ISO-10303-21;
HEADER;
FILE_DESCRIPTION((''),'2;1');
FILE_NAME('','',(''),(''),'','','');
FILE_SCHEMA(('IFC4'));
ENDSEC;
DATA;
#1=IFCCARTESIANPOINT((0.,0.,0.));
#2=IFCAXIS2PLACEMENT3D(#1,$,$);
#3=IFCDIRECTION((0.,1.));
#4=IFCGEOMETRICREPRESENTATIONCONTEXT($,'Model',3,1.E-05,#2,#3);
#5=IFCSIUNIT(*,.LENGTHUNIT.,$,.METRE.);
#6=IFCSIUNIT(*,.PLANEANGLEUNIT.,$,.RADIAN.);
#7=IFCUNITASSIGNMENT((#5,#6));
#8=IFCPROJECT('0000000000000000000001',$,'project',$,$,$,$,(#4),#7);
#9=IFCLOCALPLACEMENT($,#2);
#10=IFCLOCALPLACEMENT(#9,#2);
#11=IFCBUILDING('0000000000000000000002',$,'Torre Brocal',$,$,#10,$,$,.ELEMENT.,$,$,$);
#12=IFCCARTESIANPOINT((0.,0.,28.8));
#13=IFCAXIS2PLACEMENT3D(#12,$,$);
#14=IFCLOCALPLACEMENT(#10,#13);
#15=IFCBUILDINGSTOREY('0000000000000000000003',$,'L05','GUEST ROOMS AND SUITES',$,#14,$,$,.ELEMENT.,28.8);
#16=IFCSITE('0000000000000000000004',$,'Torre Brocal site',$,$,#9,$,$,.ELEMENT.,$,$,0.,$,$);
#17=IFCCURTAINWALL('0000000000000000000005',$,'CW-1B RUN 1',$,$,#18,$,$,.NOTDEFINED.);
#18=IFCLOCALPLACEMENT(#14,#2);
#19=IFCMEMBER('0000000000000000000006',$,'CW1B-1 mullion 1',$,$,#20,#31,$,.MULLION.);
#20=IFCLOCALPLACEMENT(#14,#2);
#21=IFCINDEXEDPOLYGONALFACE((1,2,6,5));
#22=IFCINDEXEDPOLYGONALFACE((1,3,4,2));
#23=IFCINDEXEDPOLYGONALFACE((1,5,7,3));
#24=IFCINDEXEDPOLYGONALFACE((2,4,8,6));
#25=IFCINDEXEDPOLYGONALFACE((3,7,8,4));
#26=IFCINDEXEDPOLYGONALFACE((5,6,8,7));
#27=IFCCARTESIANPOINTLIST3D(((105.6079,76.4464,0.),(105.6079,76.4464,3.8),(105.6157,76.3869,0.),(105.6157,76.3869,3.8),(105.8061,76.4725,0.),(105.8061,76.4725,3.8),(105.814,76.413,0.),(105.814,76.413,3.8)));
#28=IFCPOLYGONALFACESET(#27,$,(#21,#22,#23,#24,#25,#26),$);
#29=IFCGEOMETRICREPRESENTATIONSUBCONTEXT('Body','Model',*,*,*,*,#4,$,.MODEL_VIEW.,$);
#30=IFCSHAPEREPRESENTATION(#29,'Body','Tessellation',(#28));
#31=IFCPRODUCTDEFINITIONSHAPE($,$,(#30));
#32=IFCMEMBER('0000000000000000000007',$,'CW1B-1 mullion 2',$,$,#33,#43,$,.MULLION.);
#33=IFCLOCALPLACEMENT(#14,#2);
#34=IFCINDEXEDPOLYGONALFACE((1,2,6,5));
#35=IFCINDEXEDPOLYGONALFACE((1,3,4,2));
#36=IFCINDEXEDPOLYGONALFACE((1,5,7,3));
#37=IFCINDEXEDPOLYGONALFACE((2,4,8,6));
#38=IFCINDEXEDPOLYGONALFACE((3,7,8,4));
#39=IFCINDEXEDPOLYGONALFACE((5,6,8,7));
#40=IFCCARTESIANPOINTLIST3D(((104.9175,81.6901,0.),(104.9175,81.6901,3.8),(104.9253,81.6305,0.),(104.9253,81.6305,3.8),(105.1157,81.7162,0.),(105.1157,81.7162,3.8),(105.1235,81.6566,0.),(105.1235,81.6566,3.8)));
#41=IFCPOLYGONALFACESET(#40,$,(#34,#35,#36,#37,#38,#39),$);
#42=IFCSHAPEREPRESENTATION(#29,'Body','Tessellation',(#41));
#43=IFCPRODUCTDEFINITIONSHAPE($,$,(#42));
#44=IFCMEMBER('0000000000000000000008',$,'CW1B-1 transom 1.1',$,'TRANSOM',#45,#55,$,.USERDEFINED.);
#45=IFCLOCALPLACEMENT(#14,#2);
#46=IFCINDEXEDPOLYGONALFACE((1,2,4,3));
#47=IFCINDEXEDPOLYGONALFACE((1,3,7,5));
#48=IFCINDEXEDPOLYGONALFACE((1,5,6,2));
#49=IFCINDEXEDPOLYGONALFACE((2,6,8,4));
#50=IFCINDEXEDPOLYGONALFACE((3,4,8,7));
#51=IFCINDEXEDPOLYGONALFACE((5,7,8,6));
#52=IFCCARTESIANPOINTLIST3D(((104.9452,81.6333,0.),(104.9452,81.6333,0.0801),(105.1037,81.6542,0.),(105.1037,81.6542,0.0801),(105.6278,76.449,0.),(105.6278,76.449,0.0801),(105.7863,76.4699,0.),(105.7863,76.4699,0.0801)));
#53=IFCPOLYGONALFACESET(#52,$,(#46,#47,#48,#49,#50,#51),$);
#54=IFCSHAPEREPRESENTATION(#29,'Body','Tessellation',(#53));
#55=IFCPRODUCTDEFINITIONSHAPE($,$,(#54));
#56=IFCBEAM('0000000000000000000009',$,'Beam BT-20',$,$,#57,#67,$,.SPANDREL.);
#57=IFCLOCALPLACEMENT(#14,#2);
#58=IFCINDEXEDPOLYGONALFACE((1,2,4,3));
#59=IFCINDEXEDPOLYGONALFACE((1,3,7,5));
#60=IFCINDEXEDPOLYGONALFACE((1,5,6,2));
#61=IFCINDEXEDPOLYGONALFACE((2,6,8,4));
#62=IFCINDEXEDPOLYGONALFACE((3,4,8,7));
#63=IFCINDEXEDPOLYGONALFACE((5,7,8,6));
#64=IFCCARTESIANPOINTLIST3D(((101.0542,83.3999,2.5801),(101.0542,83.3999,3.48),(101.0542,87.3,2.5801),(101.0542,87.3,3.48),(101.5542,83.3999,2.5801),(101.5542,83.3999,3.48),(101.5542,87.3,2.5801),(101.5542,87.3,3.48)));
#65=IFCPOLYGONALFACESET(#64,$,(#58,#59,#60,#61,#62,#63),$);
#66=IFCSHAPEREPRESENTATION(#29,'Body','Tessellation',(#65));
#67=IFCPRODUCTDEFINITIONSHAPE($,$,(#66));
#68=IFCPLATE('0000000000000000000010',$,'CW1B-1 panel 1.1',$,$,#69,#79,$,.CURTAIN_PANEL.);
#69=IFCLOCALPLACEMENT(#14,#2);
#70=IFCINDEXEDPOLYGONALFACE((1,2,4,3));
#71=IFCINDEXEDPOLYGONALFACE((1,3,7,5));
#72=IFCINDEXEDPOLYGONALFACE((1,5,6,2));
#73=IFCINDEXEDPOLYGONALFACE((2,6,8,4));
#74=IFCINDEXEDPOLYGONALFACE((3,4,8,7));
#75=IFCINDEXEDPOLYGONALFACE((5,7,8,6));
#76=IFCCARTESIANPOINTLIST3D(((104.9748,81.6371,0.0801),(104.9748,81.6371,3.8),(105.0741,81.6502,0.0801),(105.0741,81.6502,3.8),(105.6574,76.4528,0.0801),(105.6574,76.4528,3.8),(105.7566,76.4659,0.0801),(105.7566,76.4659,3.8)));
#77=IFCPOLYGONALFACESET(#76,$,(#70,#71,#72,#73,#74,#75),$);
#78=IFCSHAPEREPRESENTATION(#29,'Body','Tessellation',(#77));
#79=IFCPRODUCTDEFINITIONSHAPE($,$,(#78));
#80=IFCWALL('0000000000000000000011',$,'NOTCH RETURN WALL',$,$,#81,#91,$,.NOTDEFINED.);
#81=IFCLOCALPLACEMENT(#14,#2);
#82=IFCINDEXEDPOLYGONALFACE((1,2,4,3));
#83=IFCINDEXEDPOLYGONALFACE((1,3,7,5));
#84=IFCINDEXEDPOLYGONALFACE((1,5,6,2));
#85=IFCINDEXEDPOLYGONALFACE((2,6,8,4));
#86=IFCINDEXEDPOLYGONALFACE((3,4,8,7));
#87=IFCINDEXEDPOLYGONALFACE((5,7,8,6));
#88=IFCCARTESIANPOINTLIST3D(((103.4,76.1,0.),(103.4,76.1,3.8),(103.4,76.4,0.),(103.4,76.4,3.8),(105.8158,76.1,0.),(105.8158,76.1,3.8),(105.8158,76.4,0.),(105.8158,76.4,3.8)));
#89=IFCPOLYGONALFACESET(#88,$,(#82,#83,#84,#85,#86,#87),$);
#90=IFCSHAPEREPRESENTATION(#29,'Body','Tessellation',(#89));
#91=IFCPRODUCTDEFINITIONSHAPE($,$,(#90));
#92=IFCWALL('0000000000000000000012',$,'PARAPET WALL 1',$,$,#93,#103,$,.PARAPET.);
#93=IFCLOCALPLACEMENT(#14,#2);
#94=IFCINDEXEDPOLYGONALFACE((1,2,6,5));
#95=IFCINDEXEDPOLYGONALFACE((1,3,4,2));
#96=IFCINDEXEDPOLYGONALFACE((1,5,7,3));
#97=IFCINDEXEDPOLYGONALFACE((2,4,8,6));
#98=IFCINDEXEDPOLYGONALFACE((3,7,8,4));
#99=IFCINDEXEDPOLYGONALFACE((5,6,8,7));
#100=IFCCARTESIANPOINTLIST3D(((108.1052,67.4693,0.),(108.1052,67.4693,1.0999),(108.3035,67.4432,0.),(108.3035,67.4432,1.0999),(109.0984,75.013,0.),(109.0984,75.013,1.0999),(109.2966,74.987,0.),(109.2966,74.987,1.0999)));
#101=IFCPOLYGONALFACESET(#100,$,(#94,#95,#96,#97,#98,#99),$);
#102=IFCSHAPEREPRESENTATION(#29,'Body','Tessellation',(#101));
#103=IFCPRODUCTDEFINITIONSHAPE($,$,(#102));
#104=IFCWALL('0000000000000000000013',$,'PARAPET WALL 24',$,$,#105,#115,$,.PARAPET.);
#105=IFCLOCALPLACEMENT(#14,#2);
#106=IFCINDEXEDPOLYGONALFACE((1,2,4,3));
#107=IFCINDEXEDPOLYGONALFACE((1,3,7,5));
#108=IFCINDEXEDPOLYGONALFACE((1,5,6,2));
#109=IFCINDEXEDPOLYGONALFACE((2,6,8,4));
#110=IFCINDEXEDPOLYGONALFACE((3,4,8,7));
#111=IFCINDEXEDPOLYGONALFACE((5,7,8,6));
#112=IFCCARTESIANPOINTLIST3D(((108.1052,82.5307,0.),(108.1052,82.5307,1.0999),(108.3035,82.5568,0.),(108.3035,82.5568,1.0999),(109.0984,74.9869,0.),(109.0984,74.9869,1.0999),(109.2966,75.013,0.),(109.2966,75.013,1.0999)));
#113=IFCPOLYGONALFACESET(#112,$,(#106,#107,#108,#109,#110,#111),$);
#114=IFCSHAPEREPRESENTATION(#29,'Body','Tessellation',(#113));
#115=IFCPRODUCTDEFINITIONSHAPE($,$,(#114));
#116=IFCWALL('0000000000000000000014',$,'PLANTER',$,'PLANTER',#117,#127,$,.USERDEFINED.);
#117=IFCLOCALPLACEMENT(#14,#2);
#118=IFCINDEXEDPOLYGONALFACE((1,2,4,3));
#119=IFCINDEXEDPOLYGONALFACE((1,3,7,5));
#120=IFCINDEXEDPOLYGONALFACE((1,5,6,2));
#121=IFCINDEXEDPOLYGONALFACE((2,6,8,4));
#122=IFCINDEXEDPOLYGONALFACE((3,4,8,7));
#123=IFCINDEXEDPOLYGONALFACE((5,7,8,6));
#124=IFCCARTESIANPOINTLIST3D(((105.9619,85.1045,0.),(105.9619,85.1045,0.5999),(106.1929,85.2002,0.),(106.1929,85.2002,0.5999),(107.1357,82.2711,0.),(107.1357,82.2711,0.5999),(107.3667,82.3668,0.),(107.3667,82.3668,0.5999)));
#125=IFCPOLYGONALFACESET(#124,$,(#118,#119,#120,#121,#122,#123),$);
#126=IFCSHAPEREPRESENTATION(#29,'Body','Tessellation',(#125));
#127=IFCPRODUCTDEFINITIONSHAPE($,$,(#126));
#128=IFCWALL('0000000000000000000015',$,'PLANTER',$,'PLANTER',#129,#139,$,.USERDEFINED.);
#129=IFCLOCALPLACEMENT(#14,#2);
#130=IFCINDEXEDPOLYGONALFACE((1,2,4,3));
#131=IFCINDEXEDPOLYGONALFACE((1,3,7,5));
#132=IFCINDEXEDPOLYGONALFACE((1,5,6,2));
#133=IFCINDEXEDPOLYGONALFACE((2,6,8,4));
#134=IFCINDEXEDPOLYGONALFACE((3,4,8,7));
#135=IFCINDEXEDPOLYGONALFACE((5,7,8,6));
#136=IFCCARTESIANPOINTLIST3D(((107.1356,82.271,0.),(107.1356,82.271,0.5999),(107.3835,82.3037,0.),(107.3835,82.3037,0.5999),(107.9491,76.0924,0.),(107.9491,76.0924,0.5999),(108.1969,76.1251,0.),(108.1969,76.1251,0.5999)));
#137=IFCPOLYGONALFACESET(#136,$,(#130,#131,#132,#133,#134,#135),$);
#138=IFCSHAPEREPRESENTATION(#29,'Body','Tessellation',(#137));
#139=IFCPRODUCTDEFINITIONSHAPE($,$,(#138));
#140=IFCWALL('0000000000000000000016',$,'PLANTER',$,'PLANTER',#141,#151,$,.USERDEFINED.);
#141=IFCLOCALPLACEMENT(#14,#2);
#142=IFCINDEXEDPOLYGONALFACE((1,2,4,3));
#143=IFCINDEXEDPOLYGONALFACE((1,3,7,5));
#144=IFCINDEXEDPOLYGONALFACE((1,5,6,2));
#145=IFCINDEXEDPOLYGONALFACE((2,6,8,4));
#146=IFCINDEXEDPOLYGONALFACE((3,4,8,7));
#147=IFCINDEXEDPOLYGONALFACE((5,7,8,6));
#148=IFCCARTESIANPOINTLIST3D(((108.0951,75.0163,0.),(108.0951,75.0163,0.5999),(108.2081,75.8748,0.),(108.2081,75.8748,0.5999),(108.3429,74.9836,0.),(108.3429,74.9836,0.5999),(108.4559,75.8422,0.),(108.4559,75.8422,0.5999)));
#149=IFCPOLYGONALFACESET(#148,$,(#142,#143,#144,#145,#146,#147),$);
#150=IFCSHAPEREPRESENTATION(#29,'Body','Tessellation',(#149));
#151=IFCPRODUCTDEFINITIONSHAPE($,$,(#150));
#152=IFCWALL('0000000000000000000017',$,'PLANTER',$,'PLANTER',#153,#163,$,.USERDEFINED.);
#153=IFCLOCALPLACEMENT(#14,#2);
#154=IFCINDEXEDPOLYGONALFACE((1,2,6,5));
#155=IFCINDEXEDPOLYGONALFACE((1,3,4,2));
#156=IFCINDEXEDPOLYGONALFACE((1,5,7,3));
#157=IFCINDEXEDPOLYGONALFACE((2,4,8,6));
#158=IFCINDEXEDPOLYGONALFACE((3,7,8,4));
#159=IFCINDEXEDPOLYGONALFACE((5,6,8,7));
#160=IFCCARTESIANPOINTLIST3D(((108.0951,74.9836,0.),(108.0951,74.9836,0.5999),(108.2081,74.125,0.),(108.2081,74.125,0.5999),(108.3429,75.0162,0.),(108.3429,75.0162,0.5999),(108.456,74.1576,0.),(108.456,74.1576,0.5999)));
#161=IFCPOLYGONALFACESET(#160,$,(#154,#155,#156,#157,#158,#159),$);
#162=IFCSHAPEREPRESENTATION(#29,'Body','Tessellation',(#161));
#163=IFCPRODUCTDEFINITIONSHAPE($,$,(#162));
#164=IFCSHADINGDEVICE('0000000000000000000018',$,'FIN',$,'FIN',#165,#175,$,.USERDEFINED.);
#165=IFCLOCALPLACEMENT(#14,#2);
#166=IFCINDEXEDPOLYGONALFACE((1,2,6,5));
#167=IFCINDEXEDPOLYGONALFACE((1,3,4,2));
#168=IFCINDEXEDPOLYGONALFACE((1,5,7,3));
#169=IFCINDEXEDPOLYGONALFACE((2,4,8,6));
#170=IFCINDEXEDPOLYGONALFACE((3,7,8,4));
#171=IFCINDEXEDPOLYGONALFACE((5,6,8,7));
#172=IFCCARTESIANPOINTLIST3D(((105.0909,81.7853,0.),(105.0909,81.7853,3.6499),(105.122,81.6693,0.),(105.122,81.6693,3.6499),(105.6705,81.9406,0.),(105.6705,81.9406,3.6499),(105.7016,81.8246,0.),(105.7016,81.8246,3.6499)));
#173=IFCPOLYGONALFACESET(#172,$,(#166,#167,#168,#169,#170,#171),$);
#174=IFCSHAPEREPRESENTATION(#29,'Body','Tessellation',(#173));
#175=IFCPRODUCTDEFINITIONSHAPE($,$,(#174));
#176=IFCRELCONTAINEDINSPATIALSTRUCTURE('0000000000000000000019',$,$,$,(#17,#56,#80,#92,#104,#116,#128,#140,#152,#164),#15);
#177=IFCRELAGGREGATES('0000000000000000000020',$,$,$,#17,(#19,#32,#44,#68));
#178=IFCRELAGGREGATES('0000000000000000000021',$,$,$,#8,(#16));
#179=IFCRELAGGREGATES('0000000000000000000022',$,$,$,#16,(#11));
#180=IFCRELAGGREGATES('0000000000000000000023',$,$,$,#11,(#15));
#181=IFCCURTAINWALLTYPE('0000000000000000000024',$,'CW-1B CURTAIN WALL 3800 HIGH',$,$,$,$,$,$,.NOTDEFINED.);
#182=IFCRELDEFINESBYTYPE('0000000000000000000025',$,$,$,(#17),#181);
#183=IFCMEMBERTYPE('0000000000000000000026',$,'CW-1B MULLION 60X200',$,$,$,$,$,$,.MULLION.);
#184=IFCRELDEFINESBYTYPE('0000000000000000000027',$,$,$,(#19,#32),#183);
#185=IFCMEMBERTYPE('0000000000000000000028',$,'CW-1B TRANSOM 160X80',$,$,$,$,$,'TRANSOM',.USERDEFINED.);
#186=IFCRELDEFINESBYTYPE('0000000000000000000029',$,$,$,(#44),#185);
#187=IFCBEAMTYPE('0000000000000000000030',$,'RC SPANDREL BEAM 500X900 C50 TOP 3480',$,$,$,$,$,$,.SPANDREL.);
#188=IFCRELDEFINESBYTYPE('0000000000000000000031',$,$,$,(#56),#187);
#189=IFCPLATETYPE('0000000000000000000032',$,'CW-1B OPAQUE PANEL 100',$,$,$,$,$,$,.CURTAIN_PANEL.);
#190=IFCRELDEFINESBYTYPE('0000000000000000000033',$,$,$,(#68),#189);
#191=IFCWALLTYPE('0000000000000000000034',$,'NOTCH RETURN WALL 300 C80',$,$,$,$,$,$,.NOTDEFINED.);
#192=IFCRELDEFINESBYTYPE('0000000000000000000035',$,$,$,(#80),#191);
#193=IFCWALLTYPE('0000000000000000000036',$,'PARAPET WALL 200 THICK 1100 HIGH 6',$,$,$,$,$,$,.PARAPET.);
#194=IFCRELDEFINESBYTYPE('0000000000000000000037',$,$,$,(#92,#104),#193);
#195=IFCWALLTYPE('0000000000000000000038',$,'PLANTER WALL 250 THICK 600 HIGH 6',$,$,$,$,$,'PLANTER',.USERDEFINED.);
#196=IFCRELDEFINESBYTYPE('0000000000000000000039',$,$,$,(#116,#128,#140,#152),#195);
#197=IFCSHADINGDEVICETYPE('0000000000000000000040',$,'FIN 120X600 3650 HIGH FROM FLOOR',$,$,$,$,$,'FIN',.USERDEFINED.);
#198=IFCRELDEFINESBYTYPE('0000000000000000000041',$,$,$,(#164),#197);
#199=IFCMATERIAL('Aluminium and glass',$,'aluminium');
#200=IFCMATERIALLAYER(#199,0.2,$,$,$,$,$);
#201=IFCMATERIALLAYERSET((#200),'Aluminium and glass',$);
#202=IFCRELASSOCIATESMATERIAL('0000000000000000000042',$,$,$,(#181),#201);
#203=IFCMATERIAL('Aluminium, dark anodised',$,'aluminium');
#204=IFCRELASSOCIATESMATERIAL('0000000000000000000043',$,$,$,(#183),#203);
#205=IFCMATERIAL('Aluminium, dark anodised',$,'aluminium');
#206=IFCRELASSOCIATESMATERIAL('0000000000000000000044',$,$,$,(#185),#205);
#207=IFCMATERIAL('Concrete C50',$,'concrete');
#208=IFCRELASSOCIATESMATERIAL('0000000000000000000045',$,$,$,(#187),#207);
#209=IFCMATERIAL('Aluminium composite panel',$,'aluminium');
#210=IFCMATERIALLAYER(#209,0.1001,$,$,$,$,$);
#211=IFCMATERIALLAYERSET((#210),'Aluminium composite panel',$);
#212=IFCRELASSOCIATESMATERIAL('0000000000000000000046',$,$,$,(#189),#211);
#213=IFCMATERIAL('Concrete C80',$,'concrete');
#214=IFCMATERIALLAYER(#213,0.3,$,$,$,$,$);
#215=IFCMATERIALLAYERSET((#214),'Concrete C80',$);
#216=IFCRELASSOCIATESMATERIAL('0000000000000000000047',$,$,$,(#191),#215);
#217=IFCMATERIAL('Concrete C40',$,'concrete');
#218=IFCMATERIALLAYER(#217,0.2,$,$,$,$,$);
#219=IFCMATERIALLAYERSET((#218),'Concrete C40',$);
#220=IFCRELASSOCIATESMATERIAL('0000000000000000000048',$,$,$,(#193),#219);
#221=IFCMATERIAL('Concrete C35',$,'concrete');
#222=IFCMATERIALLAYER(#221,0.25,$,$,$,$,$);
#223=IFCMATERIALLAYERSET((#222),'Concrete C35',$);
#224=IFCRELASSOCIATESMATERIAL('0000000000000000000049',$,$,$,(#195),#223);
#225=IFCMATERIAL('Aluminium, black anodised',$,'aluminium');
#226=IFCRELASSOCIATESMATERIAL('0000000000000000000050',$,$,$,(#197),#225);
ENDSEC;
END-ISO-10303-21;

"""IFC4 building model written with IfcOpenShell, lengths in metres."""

from ifc_helpers import new_model, si_unit, direction, frame, frame_2d, origin, origin_2d, place, context, subcontext, project, spatial, rectangle, extrude, material, layer, layer_set, material_profile, profile_set, type_object, element, aggregate, save


model = new_model("IFC4")

# Units and contexts
model_context = context("Model", 3, precision=1e-05, world=origin(), true_north=direction((0.0, 1.0)))
body_context = subcontext(model_context, "Body", "Model", "MODEL_VIEW")
ifc_project = project(units=[si_unit("LENGTHUNIT", "METRE"), si_unit("PLANEANGLEUNIT", "RADIAN")], contexts=[model_context])

# Site, building, storey
site_placement = place(None, origin())
site = spatial("IfcSite", under=ifc_project, at=site_placement, Name="Torre Brocal site", CompositionType="ELEMENT", RefElevation=0.0)
building_placement = place(site_placement, origin())
building = spatial("IfcBuilding", under=site, at=building_placement, Name="Torre Brocal", CompositionType="ELEMENT")
storey_placement = place(building_placement, frame((0.0, 0.0, 28.8)))
storey = spatial("IfcBuildingStorey", under=building, at=storey_placement, Name="L05", Description="GUEST ROOMS AND SUITES", CompositionType="ELEMENT", Elevation=28.8)

# Curtain wall, members
ifc_material_1 = material(Name="Aluminium and glass", Category="aluminium")
ifc_layer_1 = layer(ifc_material_1, 0.2)
ifc_layer_set_1 = layer_set([ifc_layer_1], Name="Aluminium and glass")
curtain_wall_type = type_object("IfcCurtainWallType", Name="CW-1B CURTAIN WALL 3800 HIGH", PredefinedType="NOTDEFINED", material=ifc_layer_set_1)
curtain_wall_placement = place(storey_placement, origin())
curtain_wall = element("IfcCurtainWall", 1, at=curtain_wall_placement, inside=storey, type_object=curtain_wall_type, Name="CW-1B RUN 1", PredefinedType="NOTDEFINED")
ifc_material_2 = material(Name="Aluminium, dark anodised", Category="aluminium")
ifc_material_profile_1 = material_profile(ifc_material_2, rectangle(XDim=0.2, YDim=0.0601, at=origin_2d()), Name="CW-1B MULLION 60X200")
ifc_profile_set_1 = profile_set([ifc_material_profile_1], Name="Aluminium, dark anodised")
member_type_1 = type_object("IfcMemberType", Name="CW-1B MULLION 60X200", PredefinedType="MULLION", material=ifc_profile_set_1)
member_1_placement = place(storey_placement, frame((105.7109, 76.4297, 0.0), z_axis=(0.0, 0.0, 1.0), x_axis=(-0.991445, -0.130526, 0.0)))
member_1 = element("IfcMember", 2, at=member_1_placement, type_object=member_type_1, Name="CW1B-1 mullion 1", PredefinedType="MULLION", context=body_context, shape_type="SweptSolid", body=[
    extrude(rectangle(XDim=0.2, YDim=0.0601, at=origin_2d()), origin(), (0.0, 0.0, 1.0), 3.8),
])
member_2_placement = place(storey_placement, frame((105.0205, 81.6733, 0.0), z_axis=(0.0, 0.0, 1.0), x_axis=(-0.991445, -0.130526, 0.0)))
member_2 = element("IfcMember", 3, at=member_2_placement, type_object=member_type_1, Name="CW1B-1 mullion 2", PredefinedType="MULLION", context=body_context, shape_type="SweptSolid", body=[
    extrude(rectangle(XDim=0.2, YDim=0.0601, at=origin_2d()), origin(), (0.0, 0.0, 1.0), 3.8),
])
ifc_material_3 = material(Name="Aluminium, dark anodised", Category="aluminium")
ifc_material_profile_2 = material_profile(ifc_material_3, rectangle(XDim=0.1599, YDim=0.0801, at=origin_2d()), Name="CW-1B TRANSOM 160X80")
ifc_profile_set_2 = profile_set([ifc_material_profile_2], Name="Aluminium, dark anodised")
member_type_2 = type_object("IfcMemberType", Name="CW-1B TRANSOM 160X80", ElementType="TRANSOM", PredefinedType="USERDEFINED", material=ifc_profile_set_2)
member_3_placement = place(storey_placement, frame((105.707, 76.4595, 0.04), z_axis=(-0.130543, 0.991443, 0.0), x_axis=(-0.991443, -0.130543, 0.0)))
member_3 = element("IfcMember", 4, at=member_3_placement, type_object=member_type_2, Name="CW1B-1 transom 1.1", ObjectType="TRANSOM", PredefinedType="USERDEFINED", context=body_context, shape_type="SweptSolid", body=[
    extrude(rectangle(XDim=0.1599, YDim=0.0801, at=origin_2d()), origin(), (0.0, 0.0, 1.0), 5.229),
])

# Beam
ifc_material_4 = material(Name="Concrete C50", Category="concrete")
ifc_material_profile_3 = material_profile(ifc_material_4, rectangle(XDim=0.5, YDim=0.8999, at=origin_2d()), Name="RC 500X900")
ifc_profile_set_3 = profile_set([ifc_material_profile_3], Name="Concrete C50")
beam_type = type_object("IfcBeamType", Name="RC SPANDREL BEAM 500X900 C50 TOP 3480", PredefinedType="SPANDREL", material=ifc_profile_set_3)
beam_placement = place(storey_placement, frame((101.3042, 87.3, 3.03), z_axis=(0.0, -1.0, 0.0), x_axis=(1.0, 0.0, 0.0)))
element("IfcBeam", 5, at=beam_placement, inside=storey, type_object=beam_type, Name="Beam BT-20", PredefinedType="SPANDREL", context=body_context, shape_type="SweptSolid", body=[
    extrude(rectangle(XDim=0.5, YDim=0.8999, at=origin_2d()), origin(), (0.0, 0.0, 1.0), 3.9001),
])

# Plate
ifc_material_5 = material(Name="Aluminium composite panel", Category="aluminium")
ifc_layer_2 = layer(ifc_material_5, 0.1001)
ifc_layer_set_2 = layer_set([ifc_layer_2], Name="Aluminium composite panel")
plate_type = type_object("IfcPlateType", Name="CW-1B OPAQUE PANEL 100", PredefinedType="CURTAIN_PANEL", material=ifc_layer_set_2)
plate_placement = place(storey_placement, frame((105.3657, 79.0515, 0.0801), z_axis=(0.0, 0.0, 1.0), x_axis=(-0.130526, 0.991445, 0.0)))
plate = element("IfcPlate", 6, at=plate_placement, type_object=plate_type, Name="CW1B-1 panel 1.1", PredefinedType="CURTAIN_PANEL", context=body_context, shape_type="SweptSolid", body=[
    extrude(rectangle(XDim=5.229, YDim=0.1001, at=origin_2d()), origin(), (0.0, 0.0, 1.0), 3.72),
])
aggregate(curtain_wall, [member_1, member_2, member_3, plate])

# Walls
ifc_material_6 = material(Name="Concrete C80", Category="concrete")
ifc_layer_3 = layer(ifc_material_6, 0.3)
ifc_layer_set_3 = layer_set([ifc_layer_3], Name="Concrete C80")
wall_type_1 = type_object("IfcWallType", Name="NOTCH RETURN WALL 300 C80", PredefinedType="NOTDEFINED", material=ifc_layer_set_3)
wall_1_placement = place(storey_placement, frame((103.3999, 76.25, 0.0), z_axis=(0.0, 0.0, 1.0), x_axis=(1.0, 0.0, 0.0)))
element("IfcWall", 7, at=wall_1_placement, inside=storey, type_object=wall_type_1, Name="NOTCH RETURN WALL", PredefinedType="NOTDEFINED", context=body_context, shape_type="SweptSolid", body=[
    extrude(rectangle(XDim=2.4158, YDim=0.3, at=frame_2d((1.208, 0.0))), origin(), (0.0, 0.0, 1.0), 3.8),
])
ifc_material_7 = material(Name="Concrete C40", Category="concrete")
ifc_layer_4 = layer(ifc_material_7, 0.2)
ifc_layer_set_4 = layer_set([ifc_layer_4], Name="Concrete C40")
wall_type_2 = type_object("IfcWallType", Name="PARAPET WALL 200 THICK 1100 HIGH 6", PredefinedType="PARAPET", material=ifc_layer_set_4)
for number, where, z_axis, x_axis, name in (
    (8, (109.1975, 75.0, 0.0), (0.0, 0.0, 1.0), (-0.130528, -0.991445, 0.0), "PARAPET WALL 1"),
    (9, (108.2043, 82.5437, 0.0), (0.0, 0.0, 1.0), (0.130528, -0.991445, 0.0), "PARAPET WALL 24"),
):
    element("IfcWall", number, at=place(storey_placement, frame(where, z_axis=z_axis, x_axis=x_axis)), inside=storey, type_object=wall_type_2, Name=name, PredefinedType="PARAPET", context=body_context, shape_type="SweptSolid", body=[
        extrude(rectangle(XDim=7.6089, YDim=0.2, at=frame_2d((3.8044, 0.0))), origin(), (0.0, 0.0, 1.0), 1.0999),
    ])
ifc_material_8 = material(Name="Concrete C35", Category="concrete")
ifc_layer_5 = layer(ifc_material_8, 0.25)
ifc_layer_set_5 = layer_set([ifc_layer_5], Name="Concrete C35")
wall_type_3 = type_object("IfcWallType", Name="PLANTER WALL 250 THICK 600 HIGH 6", ElementType="PLANTER", PredefinedType="USERDEFINED", material=ifc_layer_set_5)
wall_2_placement = place(storey_placement, frame((106.0774, 85.1523, 0.0), z_axis=(0.0, 0.0, 1.0), x_axis=(0.382727, -0.923862, 0.0)))
element("IfcWall", 10, at=wall_2_placement, inside=storey, type_object=wall_type_3, Name="PLANTER", ObjectType="PLANTER", PredefinedType="USERDEFINED", context=body_context, shape_type="SweptSolid", body=[
    extrude(rectangle(XDim=3.0669, YDim=0.25, at=frame_2d((1.5334, 0.0))), origin(), (0.0, 0.0, 1.0), 0.5999),
])
wall_3_placement = place(storey_placement, frame((107.2595, 82.2874, 0.0), z_axis=(0.0, 0.0, 1.0), x_axis=(0.130532, -0.991444, 0.0)))
element("IfcWall", 11, at=wall_3_placement, inside=storey, type_object=wall_type_3, Name="PLANTER", ObjectType="PLANTER", PredefinedType="USERDEFINED", context=body_context, shape_type="SweptSolid", body=[
    extrude(rectangle(XDim=6.2319, YDim=0.25, at=frame_2d((3.116, 0.0))), origin(), (0.0, 0.0, 1.0), 0.5999),
])
for number, where, z_axis, x_axis, name in (
    (12, (108.332, 75.8586, 0.0), (0.0, 0.0, 1.0), (-0.13052, -0.991446, 0.0), "PLANTER"),
    (13, (108.219, 75.0, 0.0), (0.0, 0.0, 1.0), (0.13052, -0.991446, 0.0), "PLANTER"),
):
    element("IfcWall", number, at=place(storey_placement, frame(where, z_axis=z_axis, x_axis=x_axis)), inside=storey, type_object=wall_type_3, Name=name, ObjectType="PLANTER", PredefinedType="USERDEFINED", context=body_context, shape_type="SweptSolid", body=[
        extrude(rectangle(XDim=0.866, YDim=0.25, at=frame_2d((0.4331, 0.0))), origin(), (0.0, 0.0, 1.0), 0.5999),
    ])

# Shading device
ifc_material_9 = material(Name="Aluminium, black anodised", Category="aluminium")
ifc_material_profile_4 = material_profile(ifc_material_9, rectangle(XDim=0.1201, YDim=0.6001, at=origin_2d()), Name="FIN 120X600 3650 HIGH FROM FLOOR")
ifc_profile_set_4 = profile_set([ifc_material_profile_4], Name="Aluminium, black anodised")
shading_device_type = type_object("IfcShadingDeviceType", Name="FIN 120X600 3650 HIGH FROM FLOOR", ElementType="FIN", PredefinedType="USERDEFINED", material=ifc_profile_set_4)
shading_device_placement = place(storey_placement, frame((105.3962, 81.8049, 0.0), z_axis=(0.0, 0.0, 1.0), x_axis=(-0.258819, 0.965926, 0.0)))
element("IfcShadingDevice", 14, at=shading_device_placement, inside=storey, type_object=shading_device_type, Name="FIN", ObjectType="FIN", PredefinedType="USERDEFINED", context=body_context, shape_type="SweptSolid", body=[
    extrude(rectangle(XDim=0.1201, YDim=0.6001, at=origin_2d()), origin(), (0.0, 0.0, 1.0), 3.6499),
])

save(model, "model.ifc")
